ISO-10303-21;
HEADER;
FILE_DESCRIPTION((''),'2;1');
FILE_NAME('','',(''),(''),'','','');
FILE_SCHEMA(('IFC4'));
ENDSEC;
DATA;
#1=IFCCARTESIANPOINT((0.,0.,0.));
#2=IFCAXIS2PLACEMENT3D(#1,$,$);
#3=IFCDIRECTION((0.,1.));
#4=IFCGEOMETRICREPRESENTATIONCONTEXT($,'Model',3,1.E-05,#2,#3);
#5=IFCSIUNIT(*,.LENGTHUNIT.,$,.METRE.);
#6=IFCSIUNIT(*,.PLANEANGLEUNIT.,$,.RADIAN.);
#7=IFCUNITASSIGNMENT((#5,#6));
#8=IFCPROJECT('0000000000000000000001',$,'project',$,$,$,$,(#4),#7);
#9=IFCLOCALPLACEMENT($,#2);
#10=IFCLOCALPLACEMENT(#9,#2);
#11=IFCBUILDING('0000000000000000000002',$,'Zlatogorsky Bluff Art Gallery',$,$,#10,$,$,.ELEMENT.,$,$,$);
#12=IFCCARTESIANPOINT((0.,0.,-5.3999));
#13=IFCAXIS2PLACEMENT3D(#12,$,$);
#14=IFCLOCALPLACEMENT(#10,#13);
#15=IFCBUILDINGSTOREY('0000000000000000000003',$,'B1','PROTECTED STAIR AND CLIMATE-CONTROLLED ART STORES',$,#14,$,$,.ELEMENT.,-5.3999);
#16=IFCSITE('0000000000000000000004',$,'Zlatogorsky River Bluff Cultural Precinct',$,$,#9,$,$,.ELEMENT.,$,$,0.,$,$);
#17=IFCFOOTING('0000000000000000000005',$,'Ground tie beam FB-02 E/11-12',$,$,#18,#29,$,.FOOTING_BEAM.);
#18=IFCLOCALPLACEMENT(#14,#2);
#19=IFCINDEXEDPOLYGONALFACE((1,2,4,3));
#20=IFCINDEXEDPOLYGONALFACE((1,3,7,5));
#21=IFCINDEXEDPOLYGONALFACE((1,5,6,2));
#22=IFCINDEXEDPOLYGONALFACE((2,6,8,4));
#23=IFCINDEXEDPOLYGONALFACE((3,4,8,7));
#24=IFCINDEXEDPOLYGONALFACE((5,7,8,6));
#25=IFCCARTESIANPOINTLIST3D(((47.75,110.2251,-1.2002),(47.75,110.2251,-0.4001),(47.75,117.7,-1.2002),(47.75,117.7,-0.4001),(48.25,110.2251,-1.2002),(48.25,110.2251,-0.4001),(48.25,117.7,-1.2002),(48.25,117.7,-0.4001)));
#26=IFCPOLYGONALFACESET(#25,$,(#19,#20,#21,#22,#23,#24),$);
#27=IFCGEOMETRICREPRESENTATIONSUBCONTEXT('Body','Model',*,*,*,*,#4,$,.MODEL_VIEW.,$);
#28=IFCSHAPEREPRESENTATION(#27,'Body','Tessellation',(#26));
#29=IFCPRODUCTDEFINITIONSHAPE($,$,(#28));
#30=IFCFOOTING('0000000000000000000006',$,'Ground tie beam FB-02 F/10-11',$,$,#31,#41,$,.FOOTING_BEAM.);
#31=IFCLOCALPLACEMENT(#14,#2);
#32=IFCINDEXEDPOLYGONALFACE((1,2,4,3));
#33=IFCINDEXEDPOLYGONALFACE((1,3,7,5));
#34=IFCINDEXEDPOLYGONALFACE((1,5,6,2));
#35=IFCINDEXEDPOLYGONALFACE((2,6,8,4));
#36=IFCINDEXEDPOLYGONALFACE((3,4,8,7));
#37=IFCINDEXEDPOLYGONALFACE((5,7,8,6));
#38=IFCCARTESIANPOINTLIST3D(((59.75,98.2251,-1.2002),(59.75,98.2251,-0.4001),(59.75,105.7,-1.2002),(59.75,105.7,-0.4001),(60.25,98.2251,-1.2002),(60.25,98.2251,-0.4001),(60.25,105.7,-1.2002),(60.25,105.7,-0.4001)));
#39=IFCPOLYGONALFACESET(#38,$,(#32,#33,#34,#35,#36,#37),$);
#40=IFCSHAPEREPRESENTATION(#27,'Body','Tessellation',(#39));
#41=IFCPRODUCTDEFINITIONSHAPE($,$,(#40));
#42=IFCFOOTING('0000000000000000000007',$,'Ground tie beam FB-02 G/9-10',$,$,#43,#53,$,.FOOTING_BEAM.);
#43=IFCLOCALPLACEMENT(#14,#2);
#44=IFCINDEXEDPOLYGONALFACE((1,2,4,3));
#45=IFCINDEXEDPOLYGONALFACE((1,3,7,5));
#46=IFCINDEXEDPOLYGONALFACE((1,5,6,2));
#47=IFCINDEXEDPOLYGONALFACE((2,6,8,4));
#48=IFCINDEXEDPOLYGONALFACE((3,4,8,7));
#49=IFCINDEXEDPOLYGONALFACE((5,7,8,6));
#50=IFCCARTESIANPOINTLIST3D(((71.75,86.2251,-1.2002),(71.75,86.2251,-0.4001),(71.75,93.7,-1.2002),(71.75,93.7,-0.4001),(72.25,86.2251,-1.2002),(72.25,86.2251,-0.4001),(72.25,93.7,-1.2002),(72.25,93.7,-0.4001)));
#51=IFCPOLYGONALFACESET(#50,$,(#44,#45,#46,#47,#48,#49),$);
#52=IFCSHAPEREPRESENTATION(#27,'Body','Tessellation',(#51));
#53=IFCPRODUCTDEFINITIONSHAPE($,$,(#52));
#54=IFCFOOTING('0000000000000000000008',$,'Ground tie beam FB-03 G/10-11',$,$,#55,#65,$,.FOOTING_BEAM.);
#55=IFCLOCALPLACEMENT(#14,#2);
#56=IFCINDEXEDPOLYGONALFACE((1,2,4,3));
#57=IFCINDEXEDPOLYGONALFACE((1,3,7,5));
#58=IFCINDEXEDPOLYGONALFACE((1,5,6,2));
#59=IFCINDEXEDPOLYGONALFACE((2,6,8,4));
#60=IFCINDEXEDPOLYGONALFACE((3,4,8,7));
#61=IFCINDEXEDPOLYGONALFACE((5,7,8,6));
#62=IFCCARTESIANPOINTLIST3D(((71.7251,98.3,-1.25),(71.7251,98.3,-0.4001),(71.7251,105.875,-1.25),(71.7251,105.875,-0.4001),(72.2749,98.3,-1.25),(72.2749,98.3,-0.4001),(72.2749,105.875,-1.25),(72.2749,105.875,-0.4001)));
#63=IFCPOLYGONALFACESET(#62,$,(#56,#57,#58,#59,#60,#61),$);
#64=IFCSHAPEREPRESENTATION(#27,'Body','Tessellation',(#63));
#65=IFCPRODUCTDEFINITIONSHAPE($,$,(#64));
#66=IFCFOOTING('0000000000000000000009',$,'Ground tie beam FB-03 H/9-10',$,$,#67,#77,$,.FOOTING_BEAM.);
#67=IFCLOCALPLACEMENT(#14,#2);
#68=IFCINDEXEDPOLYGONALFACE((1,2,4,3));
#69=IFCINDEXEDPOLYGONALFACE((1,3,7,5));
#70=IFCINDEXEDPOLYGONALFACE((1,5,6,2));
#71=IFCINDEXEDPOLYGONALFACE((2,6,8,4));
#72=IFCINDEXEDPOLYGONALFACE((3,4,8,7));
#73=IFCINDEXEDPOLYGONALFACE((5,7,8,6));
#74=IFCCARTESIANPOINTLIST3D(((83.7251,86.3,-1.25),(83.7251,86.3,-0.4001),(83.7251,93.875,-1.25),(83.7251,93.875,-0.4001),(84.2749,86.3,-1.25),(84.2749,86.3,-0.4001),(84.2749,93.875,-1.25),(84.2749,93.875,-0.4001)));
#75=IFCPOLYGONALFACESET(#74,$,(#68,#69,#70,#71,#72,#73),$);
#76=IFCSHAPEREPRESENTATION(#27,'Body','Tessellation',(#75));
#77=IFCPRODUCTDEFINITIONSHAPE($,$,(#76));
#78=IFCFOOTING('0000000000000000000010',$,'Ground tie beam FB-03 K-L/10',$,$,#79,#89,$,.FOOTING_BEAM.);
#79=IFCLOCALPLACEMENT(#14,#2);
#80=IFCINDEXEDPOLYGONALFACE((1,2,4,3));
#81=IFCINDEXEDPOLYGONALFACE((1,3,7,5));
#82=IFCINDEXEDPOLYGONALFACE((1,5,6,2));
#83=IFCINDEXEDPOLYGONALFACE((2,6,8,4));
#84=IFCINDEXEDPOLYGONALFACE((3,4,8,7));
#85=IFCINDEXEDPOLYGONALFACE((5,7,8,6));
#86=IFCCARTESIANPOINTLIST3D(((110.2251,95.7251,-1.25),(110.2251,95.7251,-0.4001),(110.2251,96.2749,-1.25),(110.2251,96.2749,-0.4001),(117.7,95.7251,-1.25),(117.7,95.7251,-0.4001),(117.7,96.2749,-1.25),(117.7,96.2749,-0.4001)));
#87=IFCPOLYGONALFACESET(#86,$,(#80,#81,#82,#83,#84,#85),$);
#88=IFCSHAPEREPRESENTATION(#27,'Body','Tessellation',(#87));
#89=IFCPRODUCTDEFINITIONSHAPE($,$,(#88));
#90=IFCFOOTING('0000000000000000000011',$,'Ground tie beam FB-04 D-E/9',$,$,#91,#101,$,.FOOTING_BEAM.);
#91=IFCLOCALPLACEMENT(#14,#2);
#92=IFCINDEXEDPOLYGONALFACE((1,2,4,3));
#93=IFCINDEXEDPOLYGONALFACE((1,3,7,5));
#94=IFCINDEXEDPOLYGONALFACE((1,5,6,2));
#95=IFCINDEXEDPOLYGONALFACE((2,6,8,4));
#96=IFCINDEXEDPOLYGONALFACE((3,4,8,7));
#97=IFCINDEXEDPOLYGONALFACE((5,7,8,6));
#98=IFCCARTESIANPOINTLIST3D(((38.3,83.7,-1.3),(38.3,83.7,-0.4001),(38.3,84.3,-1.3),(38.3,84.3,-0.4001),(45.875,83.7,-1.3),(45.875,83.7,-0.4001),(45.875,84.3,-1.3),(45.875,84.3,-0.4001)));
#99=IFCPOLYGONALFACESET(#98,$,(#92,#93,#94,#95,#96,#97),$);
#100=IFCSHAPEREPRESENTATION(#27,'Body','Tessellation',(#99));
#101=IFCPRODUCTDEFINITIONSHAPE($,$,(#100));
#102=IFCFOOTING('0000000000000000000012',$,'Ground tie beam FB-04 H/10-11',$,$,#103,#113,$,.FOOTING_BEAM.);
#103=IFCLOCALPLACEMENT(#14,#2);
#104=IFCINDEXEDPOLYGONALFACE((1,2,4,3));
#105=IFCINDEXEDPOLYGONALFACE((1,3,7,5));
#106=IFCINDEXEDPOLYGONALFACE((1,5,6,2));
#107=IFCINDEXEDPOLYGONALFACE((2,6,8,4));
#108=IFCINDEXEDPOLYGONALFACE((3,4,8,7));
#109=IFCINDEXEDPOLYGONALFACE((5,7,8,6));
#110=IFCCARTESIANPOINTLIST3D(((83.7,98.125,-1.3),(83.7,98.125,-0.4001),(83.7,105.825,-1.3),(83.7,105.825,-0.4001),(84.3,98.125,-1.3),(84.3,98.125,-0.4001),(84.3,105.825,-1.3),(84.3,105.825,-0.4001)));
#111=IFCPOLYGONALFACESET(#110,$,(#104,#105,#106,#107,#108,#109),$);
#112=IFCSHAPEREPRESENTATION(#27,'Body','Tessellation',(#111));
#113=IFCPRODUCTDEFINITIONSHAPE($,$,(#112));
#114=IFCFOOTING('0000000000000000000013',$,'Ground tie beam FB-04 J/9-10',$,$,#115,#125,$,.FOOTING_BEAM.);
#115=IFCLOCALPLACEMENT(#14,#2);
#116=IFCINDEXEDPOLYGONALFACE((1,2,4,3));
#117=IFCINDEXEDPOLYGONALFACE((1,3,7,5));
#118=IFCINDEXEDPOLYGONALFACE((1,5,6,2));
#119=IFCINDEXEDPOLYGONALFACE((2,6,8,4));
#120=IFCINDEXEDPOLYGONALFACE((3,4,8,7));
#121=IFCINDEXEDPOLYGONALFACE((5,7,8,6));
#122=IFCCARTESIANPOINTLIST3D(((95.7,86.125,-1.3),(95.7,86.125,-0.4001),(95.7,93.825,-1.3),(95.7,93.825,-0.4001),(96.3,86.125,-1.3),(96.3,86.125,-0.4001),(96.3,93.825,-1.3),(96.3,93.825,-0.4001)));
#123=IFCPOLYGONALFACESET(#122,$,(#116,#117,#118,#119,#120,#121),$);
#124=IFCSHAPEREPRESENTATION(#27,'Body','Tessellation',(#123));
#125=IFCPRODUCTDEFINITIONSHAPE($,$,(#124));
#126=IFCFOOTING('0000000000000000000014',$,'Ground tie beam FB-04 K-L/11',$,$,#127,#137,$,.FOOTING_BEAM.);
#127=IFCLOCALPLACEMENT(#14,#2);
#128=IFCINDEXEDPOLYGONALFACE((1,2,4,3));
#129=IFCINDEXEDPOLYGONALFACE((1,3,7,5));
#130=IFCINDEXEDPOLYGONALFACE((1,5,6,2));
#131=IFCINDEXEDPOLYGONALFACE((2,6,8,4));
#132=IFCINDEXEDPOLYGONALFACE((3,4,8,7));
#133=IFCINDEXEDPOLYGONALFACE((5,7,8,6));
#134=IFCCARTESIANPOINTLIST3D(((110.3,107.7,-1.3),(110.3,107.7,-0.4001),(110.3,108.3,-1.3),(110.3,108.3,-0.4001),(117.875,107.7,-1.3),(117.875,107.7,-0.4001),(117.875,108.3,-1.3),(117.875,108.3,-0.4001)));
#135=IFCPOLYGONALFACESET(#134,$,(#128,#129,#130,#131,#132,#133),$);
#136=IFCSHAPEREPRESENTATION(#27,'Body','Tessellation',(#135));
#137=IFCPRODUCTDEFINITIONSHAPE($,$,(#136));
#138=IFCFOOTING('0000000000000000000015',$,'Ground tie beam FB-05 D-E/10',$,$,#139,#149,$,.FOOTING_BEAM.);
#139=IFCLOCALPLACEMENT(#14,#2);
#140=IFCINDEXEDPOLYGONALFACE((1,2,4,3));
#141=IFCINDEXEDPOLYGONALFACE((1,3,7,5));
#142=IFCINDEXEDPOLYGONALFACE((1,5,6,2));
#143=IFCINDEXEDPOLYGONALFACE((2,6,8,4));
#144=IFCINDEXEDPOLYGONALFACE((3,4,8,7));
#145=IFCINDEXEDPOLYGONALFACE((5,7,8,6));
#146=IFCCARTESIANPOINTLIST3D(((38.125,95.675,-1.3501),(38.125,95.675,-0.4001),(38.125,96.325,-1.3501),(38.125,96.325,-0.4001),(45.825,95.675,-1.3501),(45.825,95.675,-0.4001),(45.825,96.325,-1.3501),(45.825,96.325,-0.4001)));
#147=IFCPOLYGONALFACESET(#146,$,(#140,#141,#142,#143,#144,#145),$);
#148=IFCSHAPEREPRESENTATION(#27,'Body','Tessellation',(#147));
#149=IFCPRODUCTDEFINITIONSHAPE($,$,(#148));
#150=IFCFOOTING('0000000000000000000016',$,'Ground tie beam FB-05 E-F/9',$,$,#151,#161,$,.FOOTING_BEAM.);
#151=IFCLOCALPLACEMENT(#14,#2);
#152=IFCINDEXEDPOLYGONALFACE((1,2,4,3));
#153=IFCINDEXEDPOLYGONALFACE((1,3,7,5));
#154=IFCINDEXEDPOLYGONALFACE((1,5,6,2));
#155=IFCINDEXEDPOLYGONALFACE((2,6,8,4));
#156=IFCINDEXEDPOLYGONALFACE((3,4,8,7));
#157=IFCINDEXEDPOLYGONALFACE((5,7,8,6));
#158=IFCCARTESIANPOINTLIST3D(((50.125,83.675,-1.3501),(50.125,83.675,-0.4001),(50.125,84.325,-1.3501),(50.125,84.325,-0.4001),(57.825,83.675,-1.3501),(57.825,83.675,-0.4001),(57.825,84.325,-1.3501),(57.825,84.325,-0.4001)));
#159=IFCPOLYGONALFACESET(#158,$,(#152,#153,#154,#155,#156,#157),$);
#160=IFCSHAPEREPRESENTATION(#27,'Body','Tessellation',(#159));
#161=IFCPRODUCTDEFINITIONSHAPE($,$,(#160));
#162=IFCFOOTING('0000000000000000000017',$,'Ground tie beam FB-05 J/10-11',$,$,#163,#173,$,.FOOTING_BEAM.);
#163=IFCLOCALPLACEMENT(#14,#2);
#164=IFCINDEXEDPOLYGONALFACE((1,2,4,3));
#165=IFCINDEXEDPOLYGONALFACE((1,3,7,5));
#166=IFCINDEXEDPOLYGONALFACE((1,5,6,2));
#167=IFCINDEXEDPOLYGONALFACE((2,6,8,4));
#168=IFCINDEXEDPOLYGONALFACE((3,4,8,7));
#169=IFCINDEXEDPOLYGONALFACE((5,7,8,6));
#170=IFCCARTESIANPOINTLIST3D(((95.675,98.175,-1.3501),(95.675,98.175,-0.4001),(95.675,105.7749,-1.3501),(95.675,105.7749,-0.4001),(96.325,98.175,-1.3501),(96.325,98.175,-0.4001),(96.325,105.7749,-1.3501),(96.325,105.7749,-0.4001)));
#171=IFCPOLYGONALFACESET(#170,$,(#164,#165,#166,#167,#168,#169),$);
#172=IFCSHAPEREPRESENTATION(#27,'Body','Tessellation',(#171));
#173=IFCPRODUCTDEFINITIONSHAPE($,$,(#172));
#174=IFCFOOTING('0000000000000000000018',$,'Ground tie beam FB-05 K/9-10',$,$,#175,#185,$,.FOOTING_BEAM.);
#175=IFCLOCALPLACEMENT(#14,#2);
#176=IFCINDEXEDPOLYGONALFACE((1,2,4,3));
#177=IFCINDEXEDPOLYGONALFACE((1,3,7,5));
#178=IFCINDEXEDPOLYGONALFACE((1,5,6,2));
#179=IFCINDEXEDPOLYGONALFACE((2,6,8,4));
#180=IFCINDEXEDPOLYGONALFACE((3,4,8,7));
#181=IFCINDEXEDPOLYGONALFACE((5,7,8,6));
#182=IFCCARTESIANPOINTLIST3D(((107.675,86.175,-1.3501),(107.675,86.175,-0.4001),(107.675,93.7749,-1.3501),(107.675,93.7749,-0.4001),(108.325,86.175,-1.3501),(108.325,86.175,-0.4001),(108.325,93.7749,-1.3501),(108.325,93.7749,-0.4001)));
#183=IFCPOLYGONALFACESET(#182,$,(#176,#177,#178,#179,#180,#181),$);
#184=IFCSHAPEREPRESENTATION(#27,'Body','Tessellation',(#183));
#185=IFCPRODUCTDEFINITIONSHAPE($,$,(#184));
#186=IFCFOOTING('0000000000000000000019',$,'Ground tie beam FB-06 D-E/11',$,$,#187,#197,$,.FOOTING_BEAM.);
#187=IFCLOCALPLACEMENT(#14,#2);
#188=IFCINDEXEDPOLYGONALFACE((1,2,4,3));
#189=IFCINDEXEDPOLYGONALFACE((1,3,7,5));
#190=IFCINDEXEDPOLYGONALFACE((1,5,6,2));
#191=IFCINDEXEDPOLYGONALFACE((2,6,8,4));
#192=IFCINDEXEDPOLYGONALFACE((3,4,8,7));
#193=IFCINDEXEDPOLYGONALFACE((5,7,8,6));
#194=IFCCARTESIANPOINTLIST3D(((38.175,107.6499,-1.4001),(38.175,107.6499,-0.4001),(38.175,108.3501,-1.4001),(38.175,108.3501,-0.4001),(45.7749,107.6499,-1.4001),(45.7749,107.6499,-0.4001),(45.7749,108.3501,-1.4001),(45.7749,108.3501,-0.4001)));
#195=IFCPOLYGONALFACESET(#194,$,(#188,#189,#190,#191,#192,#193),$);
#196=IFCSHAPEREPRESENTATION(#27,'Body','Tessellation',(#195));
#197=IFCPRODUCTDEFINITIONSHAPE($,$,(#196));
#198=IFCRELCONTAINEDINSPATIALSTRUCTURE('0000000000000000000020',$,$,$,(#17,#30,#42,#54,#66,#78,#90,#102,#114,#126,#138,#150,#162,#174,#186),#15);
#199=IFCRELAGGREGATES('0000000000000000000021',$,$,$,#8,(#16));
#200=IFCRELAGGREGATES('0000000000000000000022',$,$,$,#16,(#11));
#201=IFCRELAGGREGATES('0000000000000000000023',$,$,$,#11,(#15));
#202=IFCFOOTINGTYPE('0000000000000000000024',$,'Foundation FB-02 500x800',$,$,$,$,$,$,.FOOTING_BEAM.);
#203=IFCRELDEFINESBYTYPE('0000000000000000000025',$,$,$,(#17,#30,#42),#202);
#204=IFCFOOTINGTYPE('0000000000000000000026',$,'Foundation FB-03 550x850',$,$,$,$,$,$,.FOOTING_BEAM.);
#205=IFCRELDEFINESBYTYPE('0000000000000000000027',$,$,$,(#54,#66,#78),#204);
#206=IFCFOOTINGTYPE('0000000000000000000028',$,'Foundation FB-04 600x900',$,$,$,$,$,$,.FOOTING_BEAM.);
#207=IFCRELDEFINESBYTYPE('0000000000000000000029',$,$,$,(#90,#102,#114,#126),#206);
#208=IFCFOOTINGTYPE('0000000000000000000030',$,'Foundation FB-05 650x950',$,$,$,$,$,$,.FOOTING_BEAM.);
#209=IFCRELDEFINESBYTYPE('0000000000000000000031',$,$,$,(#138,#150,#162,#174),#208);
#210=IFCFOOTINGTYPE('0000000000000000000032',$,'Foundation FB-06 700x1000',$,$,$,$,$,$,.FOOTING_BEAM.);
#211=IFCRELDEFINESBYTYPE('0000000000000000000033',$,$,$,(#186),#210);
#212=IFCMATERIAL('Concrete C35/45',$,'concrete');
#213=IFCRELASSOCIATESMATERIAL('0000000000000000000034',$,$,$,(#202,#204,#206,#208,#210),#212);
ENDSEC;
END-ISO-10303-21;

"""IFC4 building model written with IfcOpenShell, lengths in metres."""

from ifc_helpers import new_model, si_unit, direction, frame, origin, place, context, subcontext, project, spatial, polyline, outline, extrude, material, type_object, element, save


model = new_model("IFC4")

# Units and contexts
model_context = context("Model", 3, precision=1e-05, world=origin(), true_north=direction((0.0, 1.0)))
body_context = subcontext(model_context, "Body", "Model", "MODEL_VIEW")
ifc_project = project(units=[si_unit("LENGTHUNIT", "METRE"), si_unit("PLANEANGLEUNIT", "RADIAN")], contexts=[model_context])

# Site, building, storey
site_placement = place(None, origin())
site = spatial("IfcSite", under=ifc_project, at=site_placement, Name="Zlatogorsky River Bluff Cultural Precinct", CompositionType="ELEMENT", RefElevation=0.0)
building_placement = place(site_placement, origin())
building = spatial("IfcBuilding", under=site, at=building_placement, Name="Zlatogorsky Bluff Art Gallery", CompositionType="ELEMENT")
storey_placement = place(building_placement, frame((0.0, 0.0, -5.3999)))
storey = spatial("IfcBuildingStorey", under=building, at=storey_placement, Name="B1", Description="PROTECTED STAIR AND CLIMATE-CONTROLLED ART STORES", CompositionType="ELEMENT", Elevation=-5.3999)

# Footings
ifc_material = material(Name="Concrete C35/45", Category="concrete")
footing_type_1 = type_object("IfcFootingType", Name="Foundation FB-02 500x800", PredefinedType="FOOTING_BEAM", material=ifc_material)
footing_1_placement = place(storey_placement, frame((0.0, 0.0, -1.2002)))
element("IfcFooting", 1, at=footing_1_placement, inside=storey, type_object=footing_type_1, Name="Ground tie beam FB-02 E/11-12", PredefinedType="FOOTING_BEAM", context=body_context, shape_type="SweptSolid", body=[
    extrude(outline(polyline([(47.75, 110.2251), (48.25, 110.2251), (48.25, 117.7), (47.75, 117.7), (47.75, 110.2251)])), origin(), (0.0, 0.0, 1.0), 0.8),
])
footing_2_placement = place(storey_placement, frame((0.0, 0.0, -1.2002)))
element("IfcFooting", 2, at=footing_2_placement, inside=storey, type_object=footing_type_1, Name="Ground tie beam FB-02 F/10-11", PredefinedType="FOOTING_BEAM", context=body_context, shape_type="SweptSolid", body=[
    extrude(outline(polyline([(59.75, 98.2251), (60.25, 98.2251), (60.25, 105.7), (59.75, 105.7), (59.75, 98.2251)])), origin(), (0.0, 0.0, 1.0), 0.8),
])
footing_3_placement = place(storey_placement, frame((0.0, 0.0, -1.2002)))
element("IfcFooting", 3, at=footing_3_placement, inside=storey, type_object=footing_type_1, Name="Ground tie beam FB-02 G/9-10", PredefinedType="FOOTING_BEAM", context=body_context, shape_type="SweptSolid", body=[
    extrude(outline(polyline([(71.75, 86.2251), (72.25, 86.2251), (72.25, 93.7), (71.75, 93.7), (71.75, 86.2251)])), origin(), (0.0, 0.0, 1.0), 0.8),
])
footing_type_2 = type_object("IfcFootingType", Name="Foundation FB-03 550x850", PredefinedType="FOOTING_BEAM", material=ifc_material)
footing_4_placement = place(storey_placement, frame((0.0, 0.0, -1.25)))
element("IfcFooting", 4, at=footing_4_placement, inside=storey, type_object=footing_type_2, Name="Ground tie beam FB-03 G/10-11", PredefinedType="FOOTING_BEAM", context=body_context, shape_type="SweptSolid", body=[
    extrude(outline(polyline([(71.7251, 98.3), (72.2749, 98.3), (72.2749, 105.875), (71.7251, 105.875), (71.7251, 98.3)])), origin(), (0.0, 0.0, 1.0), 0.8499),
])
footing_5_placement = place(storey_placement, frame((0.0, 0.0, -1.25)))
element("IfcFooting", 5, at=footing_5_placement, inside=storey, type_object=footing_type_2, Name="Ground tie beam FB-03 H/9-10", PredefinedType="FOOTING_BEAM", context=body_context, shape_type="SweptSolid", body=[
    extrude(outline(polyline([(83.7251, 86.3), (84.2749, 86.3), (84.2749, 93.875), (83.7251, 93.875), (83.7251, 86.3)])), origin(), (0.0, 0.0, 1.0), 0.8499),
])
footing_6_placement = place(storey_placement, frame((0.0, 0.0, -1.25)))
element("IfcFooting", 6, at=footing_6_placement, inside=storey, type_object=footing_type_2, Name="Ground tie beam FB-03 K-L/10", PredefinedType="FOOTING_BEAM", context=body_context, shape_type="SweptSolid", body=[
    extrude(outline(polyline([(110.2251, 95.7251), (117.7, 95.7251), (117.7, 96.2749), (110.2251, 96.2749), (110.2251, 95.7251)])), origin(), (0.0, 0.0, 1.0), 0.8499),
])
footing_type_3 = type_object("IfcFootingType", Name="Foundation FB-04 600x900", PredefinedType="FOOTING_BEAM", material=ifc_material)
footing_7_placement = place(storey_placement, frame((0.0, 0.0, -1.3)))
element("IfcFooting", 7, at=footing_7_placement, inside=storey, type_object=footing_type_3, Name="Ground tie beam FB-04 D-E/9", PredefinedType="FOOTING_BEAM", context=body_context, shape_type="SweptSolid", body=[
    extrude(outline(polyline([(38.3, 83.7), (45.875, 83.7), (45.875, 84.3), (38.3, 84.3), (38.3, 83.7)])), origin(), (0.0, 0.0, 1.0), 0.8999),
])
footing_8_placement = place(storey_placement, frame((0.0, 0.0, -1.3)))
element("IfcFooting", 8, at=footing_8_placement, inside=storey, type_object=footing_type_3, Name="Ground tie beam FB-04 H/10-11", PredefinedType="FOOTING_BEAM", context=body_context, shape_type="SweptSolid", body=[
    extrude(outline(polyline([(83.7, 98.125), (84.3, 98.125), (84.3, 105.825), (83.7, 105.825), (83.7, 98.125)])), origin(), (0.0, 0.0, 1.0), 0.8999),
])
footing_9_placement = place(storey_placement, frame((0.0, 0.0, -1.3)))
element("IfcFooting", 9, at=footing_9_placement, inside=storey, type_object=footing_type_3, Name="Ground tie beam FB-04 J/9-10", PredefinedType="FOOTING_BEAM", context=body_context, shape_type="SweptSolid", body=[
    extrude(outline(polyline([(95.7, 86.125), (96.3, 86.125), (96.3, 93.825), (95.7, 93.825), (95.7, 86.125)])), origin(), (0.0, 0.0, 1.0), 0.8999),
])
footing_10_placement = place(storey_placement, frame((0.0, 0.0, -1.3)))
element("IfcFooting", 10, at=footing_10_placement, inside=storey, type_object=footing_type_3, Name="Ground tie beam FB-04 K-L/11", PredefinedType="FOOTING_BEAM", context=body_context, shape_type="SweptSolid", body=[
    extrude(outline(polyline([(110.3, 107.7), (117.875, 107.7), (117.875, 108.3), (110.3, 108.3), (110.3, 107.7)])), origin(), (0.0, 0.0, 1.0), 0.8999),
])
footing_type_4 = type_object("IfcFootingType", Name="Foundation FB-05 650x950", PredefinedType="FOOTING_BEAM", material=ifc_material)
footing_11_placement = place(storey_placement, frame((0.0, 0.0, -1.3501)))
element("IfcFooting", 11, at=footing_11_placement, inside=storey, type_object=footing_type_4, Name="Ground tie beam FB-05 D-E/10", PredefinedType="FOOTING_BEAM", context=body_context, shape_type="SweptSolid", body=[
    extrude(outline(polyline([(38.125, 95.675), (45.825, 95.675), (45.825, 96.325), (38.125, 96.325), (38.125, 95.675)])), origin(), (0.0, 0.0, 1.0), 0.95),
])
footing_12_placement = place(storey_placement, frame((0.0, 0.0, -1.3501)))
element("IfcFooting", 12, at=footing_12_placement, inside=storey, type_object=footing_type_4, Name="Ground tie beam FB-05 E-F/9", PredefinedType="FOOTING_BEAM", context=body_context, shape_type="SweptSolid", body=[
    extrude(outline(polyline([(50.125, 83.675), (57.825, 83.675), (57.825, 84.325), (50.125, 84.325), (50.125, 83.675)])), origin(), (0.0, 0.0, 1.0), 0.95),
])
footing_13_placement = place(storey_placement, frame((0.0, 0.0, -1.3501)))
element("IfcFooting", 13, at=footing_13_placement, inside=storey, type_object=footing_type_4, Name="Ground tie beam FB-05 J/10-11", PredefinedType="FOOTING_BEAM", context=body_context, shape_type="SweptSolid", body=[
    extrude(outline(polyline([(95.675, 98.175), (96.325, 98.175), (96.325, 105.7749), (95.675, 105.7749), (95.675, 98.175)])), origin(), (0.0, 0.0, 1.0), 0.95),
])
footing_14_placement = place(storey_placement, frame((0.0, 0.0, -1.3501)))
element("IfcFooting", 14, at=footing_14_placement, inside=storey, type_object=footing_type_4, Name="Ground tie beam FB-05 K/9-10", PredefinedType="FOOTING_BEAM", context=body_context, shape_type="SweptSolid", body=[
    extrude(outline(polyline([(107.675, 86.175), (108.325, 86.175), (108.325, 93.7749), (107.675, 93.7749), (107.675, 86.175)])), origin(), (0.0, 0.0, 1.0), 0.95),
])
footing_type_5 = type_object("IfcFootingType", Name="Foundation FB-06 700x1000", PredefinedType="FOOTING_BEAM", material=ifc_material)
footing_15_placement = place(storey_placement, frame((0.0, 0.0, -1.4001)))
element("IfcFooting", 15, at=footing_15_placement, inside=storey, type_object=footing_type_5, Name="Ground tie beam FB-06 D-E/11", PredefinedType="FOOTING_BEAM", context=body_context, shape_type="SweptSolid", body=[
    extrude(outline(polyline([(38.175, 107.6499), (45.7749, 107.6499), (45.7749, 108.3501), (38.175, 108.3501), (38.175, 107.6499)])), origin(), (0.0, 0.0, 1.0), 1.0),
])

save(model, "model.ifc")
